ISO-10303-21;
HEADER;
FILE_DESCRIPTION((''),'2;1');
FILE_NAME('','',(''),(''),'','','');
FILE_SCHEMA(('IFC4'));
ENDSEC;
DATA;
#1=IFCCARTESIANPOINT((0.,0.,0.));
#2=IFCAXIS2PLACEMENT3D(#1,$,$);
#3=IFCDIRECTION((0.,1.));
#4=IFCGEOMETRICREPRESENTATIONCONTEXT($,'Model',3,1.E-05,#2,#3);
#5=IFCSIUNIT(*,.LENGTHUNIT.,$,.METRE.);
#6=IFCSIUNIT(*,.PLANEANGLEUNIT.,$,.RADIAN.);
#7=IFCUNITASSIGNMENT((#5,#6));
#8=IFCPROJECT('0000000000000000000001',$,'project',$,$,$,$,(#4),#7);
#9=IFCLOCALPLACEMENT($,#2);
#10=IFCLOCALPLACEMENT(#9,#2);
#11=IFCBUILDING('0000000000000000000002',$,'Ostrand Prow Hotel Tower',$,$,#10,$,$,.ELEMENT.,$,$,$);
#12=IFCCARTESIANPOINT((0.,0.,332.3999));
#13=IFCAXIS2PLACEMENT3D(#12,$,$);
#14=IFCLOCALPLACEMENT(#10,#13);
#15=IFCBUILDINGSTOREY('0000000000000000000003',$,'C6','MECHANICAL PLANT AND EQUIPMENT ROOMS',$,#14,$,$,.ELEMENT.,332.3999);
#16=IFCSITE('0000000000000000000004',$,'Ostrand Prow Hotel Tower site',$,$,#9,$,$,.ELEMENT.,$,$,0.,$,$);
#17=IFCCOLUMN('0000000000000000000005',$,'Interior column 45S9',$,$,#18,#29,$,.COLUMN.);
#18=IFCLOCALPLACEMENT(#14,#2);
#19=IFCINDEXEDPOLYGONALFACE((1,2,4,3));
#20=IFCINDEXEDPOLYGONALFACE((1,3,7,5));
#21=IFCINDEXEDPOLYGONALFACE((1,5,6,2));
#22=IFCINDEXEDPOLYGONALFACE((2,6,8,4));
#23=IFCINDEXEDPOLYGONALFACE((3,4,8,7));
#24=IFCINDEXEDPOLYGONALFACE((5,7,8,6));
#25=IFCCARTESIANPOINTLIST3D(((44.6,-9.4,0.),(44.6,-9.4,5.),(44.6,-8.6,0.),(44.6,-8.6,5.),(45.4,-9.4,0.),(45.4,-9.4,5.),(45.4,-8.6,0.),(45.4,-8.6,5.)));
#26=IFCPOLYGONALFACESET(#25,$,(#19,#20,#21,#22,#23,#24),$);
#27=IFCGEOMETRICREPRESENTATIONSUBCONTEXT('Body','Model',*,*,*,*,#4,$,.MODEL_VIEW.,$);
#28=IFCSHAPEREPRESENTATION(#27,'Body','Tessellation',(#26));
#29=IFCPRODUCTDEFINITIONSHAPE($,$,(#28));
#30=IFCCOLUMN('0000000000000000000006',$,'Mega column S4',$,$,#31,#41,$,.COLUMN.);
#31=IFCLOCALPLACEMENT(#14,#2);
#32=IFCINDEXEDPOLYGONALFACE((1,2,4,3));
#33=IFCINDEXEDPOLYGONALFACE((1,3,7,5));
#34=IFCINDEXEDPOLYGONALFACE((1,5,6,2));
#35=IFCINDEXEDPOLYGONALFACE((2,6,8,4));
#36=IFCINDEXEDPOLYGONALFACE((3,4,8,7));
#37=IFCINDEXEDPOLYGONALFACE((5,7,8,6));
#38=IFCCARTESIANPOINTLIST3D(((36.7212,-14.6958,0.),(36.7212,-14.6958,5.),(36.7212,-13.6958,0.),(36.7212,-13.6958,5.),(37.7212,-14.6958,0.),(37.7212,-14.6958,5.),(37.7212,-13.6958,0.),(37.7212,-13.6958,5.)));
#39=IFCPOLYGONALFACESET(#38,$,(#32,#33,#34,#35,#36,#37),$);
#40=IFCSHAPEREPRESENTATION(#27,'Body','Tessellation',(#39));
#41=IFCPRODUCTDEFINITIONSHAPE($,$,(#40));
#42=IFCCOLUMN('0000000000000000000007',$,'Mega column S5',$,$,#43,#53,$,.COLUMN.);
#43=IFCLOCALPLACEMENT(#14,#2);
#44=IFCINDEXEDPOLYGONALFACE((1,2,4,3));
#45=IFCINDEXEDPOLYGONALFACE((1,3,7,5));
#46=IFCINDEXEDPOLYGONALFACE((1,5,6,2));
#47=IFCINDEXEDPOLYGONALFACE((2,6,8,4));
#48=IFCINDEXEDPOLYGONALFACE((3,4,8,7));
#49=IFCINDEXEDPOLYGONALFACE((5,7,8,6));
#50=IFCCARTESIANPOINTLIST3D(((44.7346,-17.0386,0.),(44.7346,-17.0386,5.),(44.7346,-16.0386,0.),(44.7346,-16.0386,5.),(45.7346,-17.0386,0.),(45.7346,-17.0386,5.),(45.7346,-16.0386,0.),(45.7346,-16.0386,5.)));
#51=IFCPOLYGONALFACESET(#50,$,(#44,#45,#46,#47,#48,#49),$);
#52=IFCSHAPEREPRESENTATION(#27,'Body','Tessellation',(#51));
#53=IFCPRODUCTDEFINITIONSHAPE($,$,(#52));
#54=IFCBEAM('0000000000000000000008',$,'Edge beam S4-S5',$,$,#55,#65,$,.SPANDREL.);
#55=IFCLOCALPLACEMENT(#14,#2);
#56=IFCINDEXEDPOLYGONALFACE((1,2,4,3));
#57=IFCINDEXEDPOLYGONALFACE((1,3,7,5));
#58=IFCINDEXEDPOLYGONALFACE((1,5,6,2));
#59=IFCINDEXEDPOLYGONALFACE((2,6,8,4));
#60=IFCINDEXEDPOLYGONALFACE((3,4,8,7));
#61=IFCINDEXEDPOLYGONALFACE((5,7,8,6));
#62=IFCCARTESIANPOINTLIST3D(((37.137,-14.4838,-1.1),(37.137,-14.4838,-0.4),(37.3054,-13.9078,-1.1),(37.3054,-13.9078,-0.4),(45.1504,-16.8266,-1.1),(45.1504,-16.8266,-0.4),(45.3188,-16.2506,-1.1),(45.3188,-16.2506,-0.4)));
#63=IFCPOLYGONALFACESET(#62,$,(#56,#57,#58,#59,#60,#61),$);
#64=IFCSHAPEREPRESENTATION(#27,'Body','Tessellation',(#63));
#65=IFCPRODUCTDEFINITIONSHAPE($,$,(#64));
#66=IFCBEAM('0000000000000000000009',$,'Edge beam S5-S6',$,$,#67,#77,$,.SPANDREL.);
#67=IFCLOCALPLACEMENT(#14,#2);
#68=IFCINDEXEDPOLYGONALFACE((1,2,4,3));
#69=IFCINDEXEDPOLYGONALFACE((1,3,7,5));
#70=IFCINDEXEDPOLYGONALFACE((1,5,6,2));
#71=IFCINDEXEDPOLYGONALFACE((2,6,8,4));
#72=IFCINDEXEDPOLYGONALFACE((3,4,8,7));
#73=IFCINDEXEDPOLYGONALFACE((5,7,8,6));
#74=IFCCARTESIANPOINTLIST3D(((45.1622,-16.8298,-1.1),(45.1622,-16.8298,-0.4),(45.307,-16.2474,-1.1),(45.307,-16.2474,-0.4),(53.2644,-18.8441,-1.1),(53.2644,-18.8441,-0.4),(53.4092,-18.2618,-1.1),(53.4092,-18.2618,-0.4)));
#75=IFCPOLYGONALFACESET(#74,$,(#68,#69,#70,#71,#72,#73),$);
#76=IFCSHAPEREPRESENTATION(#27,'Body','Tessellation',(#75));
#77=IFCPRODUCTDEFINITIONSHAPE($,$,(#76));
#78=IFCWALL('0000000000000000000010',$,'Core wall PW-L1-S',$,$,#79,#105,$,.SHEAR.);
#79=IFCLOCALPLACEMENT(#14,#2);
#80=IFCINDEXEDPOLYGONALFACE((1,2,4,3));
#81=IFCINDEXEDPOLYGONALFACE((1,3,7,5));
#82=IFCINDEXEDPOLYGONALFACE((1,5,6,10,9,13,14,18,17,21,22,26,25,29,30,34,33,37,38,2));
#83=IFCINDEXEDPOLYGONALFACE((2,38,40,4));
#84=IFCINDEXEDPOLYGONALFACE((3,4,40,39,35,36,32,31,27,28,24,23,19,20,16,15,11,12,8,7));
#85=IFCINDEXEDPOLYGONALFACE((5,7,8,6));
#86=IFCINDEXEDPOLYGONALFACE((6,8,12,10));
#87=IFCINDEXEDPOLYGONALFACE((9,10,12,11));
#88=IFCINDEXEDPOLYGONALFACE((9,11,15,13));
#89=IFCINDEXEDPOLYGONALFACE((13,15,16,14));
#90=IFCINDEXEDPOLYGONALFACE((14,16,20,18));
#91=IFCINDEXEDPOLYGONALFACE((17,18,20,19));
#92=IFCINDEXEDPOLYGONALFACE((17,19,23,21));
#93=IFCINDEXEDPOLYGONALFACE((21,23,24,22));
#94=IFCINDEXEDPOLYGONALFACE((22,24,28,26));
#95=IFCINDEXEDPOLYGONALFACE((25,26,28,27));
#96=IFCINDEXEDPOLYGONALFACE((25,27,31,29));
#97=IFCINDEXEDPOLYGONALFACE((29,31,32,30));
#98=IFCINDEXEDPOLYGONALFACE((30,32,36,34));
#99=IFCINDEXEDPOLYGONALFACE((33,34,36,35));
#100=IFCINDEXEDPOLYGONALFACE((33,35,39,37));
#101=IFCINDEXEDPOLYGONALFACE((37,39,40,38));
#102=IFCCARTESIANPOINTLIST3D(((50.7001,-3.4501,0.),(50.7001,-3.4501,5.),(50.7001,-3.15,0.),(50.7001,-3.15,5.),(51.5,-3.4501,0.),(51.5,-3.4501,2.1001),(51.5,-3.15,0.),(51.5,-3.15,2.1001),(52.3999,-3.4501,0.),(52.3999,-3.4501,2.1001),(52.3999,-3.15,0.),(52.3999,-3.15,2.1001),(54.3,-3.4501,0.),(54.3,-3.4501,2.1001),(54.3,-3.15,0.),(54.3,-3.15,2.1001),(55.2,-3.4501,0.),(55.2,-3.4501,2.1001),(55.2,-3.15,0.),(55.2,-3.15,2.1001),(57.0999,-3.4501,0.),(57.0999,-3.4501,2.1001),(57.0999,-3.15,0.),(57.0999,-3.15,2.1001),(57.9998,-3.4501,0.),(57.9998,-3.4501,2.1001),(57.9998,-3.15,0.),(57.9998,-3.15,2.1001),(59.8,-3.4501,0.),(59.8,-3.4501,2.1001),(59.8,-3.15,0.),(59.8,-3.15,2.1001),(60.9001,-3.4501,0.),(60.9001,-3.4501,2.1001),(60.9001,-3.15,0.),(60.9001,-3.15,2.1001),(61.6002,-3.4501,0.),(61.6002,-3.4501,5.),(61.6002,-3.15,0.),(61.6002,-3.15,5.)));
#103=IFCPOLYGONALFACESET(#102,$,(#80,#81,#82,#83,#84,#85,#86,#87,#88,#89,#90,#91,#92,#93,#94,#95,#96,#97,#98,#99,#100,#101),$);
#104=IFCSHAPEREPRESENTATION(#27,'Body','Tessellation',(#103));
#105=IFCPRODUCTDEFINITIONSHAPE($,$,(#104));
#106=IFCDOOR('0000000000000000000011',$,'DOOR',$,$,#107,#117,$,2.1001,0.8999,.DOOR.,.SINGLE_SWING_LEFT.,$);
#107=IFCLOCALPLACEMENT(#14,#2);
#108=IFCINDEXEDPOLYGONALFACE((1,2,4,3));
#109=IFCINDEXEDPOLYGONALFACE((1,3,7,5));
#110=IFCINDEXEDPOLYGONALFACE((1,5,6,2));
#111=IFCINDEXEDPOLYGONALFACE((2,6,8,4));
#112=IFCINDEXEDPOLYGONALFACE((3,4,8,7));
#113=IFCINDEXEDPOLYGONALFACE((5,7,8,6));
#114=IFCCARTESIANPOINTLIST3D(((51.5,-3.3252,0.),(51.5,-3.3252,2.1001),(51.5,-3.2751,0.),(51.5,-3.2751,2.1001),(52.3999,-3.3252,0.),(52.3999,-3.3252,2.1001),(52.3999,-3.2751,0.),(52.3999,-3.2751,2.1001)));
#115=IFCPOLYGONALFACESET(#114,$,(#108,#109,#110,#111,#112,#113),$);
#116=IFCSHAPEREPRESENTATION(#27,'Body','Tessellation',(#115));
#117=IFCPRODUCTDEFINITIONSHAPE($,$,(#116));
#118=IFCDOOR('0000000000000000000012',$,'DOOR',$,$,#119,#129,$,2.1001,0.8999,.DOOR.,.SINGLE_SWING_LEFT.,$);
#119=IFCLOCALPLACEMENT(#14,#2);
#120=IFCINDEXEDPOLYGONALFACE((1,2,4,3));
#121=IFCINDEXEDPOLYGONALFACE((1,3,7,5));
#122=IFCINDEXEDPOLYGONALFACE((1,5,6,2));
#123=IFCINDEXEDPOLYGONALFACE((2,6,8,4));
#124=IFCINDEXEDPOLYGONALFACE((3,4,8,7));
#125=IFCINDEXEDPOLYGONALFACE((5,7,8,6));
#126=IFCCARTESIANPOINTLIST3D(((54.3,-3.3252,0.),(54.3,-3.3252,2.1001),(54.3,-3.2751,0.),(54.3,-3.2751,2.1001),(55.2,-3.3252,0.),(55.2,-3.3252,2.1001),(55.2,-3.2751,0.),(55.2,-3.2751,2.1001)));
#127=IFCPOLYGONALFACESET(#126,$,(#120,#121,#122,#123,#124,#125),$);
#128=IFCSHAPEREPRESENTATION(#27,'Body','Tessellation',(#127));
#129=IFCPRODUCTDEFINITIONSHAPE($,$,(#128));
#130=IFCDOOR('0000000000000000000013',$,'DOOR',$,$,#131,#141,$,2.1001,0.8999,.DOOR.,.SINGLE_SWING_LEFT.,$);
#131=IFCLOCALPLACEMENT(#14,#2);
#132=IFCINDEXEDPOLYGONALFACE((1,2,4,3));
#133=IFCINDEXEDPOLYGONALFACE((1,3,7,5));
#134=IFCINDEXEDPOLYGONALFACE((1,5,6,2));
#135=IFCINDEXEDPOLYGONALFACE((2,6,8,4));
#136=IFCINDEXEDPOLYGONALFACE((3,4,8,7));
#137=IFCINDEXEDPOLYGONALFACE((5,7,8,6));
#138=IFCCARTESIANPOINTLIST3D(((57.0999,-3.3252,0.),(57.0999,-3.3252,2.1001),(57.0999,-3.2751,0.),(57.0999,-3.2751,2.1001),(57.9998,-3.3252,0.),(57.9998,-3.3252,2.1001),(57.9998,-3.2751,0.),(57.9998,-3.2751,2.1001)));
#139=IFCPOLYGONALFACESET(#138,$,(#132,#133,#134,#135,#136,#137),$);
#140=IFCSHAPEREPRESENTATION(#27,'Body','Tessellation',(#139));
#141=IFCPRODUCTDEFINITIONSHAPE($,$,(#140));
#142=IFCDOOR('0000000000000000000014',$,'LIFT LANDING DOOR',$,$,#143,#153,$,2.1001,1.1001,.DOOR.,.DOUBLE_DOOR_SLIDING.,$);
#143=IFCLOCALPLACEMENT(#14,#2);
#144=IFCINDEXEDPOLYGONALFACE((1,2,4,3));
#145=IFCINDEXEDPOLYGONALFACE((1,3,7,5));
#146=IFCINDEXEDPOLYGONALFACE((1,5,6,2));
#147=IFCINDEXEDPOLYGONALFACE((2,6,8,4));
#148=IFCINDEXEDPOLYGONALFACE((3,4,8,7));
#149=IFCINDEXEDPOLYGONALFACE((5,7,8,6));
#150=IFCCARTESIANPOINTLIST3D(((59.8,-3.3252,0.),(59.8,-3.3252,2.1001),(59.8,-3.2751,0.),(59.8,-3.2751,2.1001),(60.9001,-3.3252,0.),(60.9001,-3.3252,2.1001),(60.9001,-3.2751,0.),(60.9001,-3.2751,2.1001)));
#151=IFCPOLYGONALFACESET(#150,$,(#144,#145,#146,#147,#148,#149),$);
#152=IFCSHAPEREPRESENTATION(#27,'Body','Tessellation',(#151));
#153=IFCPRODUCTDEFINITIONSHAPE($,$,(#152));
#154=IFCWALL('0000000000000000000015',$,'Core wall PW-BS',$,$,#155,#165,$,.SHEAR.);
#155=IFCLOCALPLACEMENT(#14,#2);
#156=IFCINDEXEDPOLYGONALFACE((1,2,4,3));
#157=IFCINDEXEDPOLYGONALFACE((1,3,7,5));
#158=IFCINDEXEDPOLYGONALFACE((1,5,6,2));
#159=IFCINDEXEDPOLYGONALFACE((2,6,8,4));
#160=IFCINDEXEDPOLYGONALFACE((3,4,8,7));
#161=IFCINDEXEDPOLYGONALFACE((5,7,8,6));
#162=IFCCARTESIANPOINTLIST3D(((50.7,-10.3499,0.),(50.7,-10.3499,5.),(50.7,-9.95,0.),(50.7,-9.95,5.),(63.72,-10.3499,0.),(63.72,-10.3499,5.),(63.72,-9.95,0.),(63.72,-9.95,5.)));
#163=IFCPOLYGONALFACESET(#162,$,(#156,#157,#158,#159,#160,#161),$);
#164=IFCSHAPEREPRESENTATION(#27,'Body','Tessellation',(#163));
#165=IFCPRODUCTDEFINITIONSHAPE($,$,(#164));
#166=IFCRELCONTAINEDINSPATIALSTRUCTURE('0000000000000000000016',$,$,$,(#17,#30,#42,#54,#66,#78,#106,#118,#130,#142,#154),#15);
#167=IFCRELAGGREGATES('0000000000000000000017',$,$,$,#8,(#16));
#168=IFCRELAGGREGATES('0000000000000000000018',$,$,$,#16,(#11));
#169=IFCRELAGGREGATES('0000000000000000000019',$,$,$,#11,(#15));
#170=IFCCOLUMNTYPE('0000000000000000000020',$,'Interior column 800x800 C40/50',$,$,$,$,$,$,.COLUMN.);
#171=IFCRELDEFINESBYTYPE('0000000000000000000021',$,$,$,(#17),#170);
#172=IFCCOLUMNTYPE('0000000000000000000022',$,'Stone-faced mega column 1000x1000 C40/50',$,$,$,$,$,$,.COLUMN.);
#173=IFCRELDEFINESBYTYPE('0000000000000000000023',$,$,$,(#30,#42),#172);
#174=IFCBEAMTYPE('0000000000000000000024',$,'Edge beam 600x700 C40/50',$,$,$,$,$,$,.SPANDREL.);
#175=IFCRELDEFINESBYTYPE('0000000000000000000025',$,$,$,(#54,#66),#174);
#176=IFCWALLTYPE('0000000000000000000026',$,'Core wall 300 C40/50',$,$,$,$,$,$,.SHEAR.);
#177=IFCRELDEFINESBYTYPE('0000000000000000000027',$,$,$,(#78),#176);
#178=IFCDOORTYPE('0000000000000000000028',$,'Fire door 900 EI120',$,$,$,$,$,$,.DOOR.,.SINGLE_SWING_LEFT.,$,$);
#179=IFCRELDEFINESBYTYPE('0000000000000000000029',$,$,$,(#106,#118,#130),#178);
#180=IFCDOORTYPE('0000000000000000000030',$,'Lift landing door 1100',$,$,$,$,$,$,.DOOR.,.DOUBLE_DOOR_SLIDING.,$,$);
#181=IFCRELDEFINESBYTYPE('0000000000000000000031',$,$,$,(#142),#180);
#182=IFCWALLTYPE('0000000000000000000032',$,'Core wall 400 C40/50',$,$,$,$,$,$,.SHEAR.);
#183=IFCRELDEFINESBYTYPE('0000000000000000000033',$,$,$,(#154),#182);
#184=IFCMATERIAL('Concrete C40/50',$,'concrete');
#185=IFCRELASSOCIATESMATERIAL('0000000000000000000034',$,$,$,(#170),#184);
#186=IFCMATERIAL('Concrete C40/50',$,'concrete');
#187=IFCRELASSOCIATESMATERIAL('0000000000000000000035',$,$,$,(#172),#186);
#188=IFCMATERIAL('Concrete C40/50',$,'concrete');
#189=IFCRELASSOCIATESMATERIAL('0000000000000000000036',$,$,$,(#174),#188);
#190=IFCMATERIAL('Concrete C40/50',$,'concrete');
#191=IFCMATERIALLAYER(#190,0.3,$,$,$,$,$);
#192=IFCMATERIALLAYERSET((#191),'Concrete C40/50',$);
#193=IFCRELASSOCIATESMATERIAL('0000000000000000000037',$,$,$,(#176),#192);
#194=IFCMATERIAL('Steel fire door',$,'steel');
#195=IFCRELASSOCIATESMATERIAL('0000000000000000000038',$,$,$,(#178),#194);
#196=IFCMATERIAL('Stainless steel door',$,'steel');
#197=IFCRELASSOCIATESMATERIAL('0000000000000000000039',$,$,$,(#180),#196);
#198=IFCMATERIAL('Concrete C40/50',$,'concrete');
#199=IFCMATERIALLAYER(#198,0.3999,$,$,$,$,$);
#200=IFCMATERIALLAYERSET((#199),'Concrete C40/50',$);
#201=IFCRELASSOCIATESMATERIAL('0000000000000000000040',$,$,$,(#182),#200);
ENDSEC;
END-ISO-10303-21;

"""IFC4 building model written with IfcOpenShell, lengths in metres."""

from ifc_helpers import new_model, si_unit, direction, frame, frame_2d, origin, origin_2d, place, context, subcontext, project, spatial, rectangle, extrude, material, layer, layer_set, material_profile, profile_set, type_object, element, fill, save


model = new_model("IFC4")

# Units and contexts
model_context = context("Model", 3, precision=1e-05, world=origin(), true_north=direction((0.0, 1.0)))
body_context = subcontext(model_context, "Body", "Model", "MODEL_VIEW")
ifc_project = project(units=[si_unit("LENGTHUNIT", "METRE"), si_unit("PLANEANGLEUNIT", "RADIAN")], contexts=[model_context])

# Site, building, storey
site_placement = place(None, origin())
site = spatial("IfcSite", under=ifc_project, at=site_placement, Name="Ostrand Prow Hotel Tower site", CompositionType="ELEMENT", RefElevation=0.0)
building_placement = place(site_placement, origin())
building = spatial("IfcBuilding", under=site, at=building_placement, Name="Ostrand Prow Hotel Tower", CompositionType="ELEMENT")
storey_placement = place(building_placement, frame((0.0, 0.0, 332.3999)))
storey = spatial("IfcBuildingStorey", under=building, at=storey_placement, Name="C6", Description="MECHANICAL PLANT AND EQUIPMENT ROOMS", CompositionType="ELEMENT", Elevation=332.3999)

# Columns
ifc_material_1 = material(Name="Concrete C40/50", Category="concrete")
ifc_material_profile_1 = material_profile(ifc_material_1, rectangle(XDim=0.8, YDim=0.8, at=origin_2d()), Name="RC 800x800")
ifc_profile_set_1 = profile_set([ifc_material_profile_1], Name="Concrete C40/50")
column_type_1 = type_object("IfcColumnType", Name="Interior column 800x800 C40/50", PredefinedType="COLUMN", material=ifc_profile_set_1)
column_placement = place(storey_placement, frame((45.0, -9.0, 0.0), z_axis=(0.0, 0.0, 1.0), x_axis=(1.0, 0.0, 0.0)))
element("IfcColumn", 1, at=column_placement, inside=storey, type_object=column_type_1, Name="Interior column 45S9", PredefinedType="COLUMN", context=body_context, shape_type="SweptSolid", body=[
    extrude(rectangle(XDim=0.8, YDim=0.8, at=origin_2d()), origin(), (0.0, 0.0, 1.0), 5.0),
])
ifc_material_2 = material(Name="Concrete C40/50", Category="concrete")
ifc_material_profile_2 = material_profile(ifc_material_2, rectangle(XDim=1.0, YDim=1.0, at=origin_2d()), Name="RC 1000x1000")
ifc_profile_set_2 = profile_set([ifc_material_profile_2], Name="Concrete C40/50")
column_type_2 = type_object("IfcColumnType", Name="Stone-faced mega column 1000x1000 C40/50", PredefinedType="COLUMN", material=ifc_profile_set_2)
for number, where, z_axis, x_axis, name in (
    (2, (37.2212, -14.1958, 0.0), (0.0, 0.0, 1.0), (1.0, 0.0, 0.0), "Mega column S4"),
    (3, (45.2346, -16.5386, 0.0), (0.0, 0.0, 1.0), (1.0, 0.0, 0.0), "Mega column S5"),
):
    element("IfcColumn", number, at=place(storey_placement, frame(where, z_axis=z_axis, x_axis=x_axis)), inside=storey, type_object=column_type_2, Name=name, PredefinedType="COLUMN", context=body_context, shape_type="SweptSolid", body=[
        extrude(rectangle(XDim=1.0, YDim=1.0, at=origin_2d()), origin(), (0.0, 0.0, 1.0), 5.0),
    ])

# Beams
ifc_material_3 = material(Name="Concrete C40/50", Category="concrete")
ifc_material_profile_3 = material_profile(ifc_material_3, rectangle(XDim=0.6001, YDim=0.7, at=origin_2d()), Name="RC 600x700")
ifc_profile_set_3 = profile_set([ifc_material_profile_3], Name="Concrete C40/50")
beam_type = type_object("IfcBeamType", Name="Edge beam 600x700 C40/50", PredefinedType="SPANDREL", material=ifc_profile_set_3)
for number, where, z_axis, x_axis, name in (
    (4, (37.2212, -14.1958, -0.75), (0.959822, -0.28061, 0.0), (0.28061, 0.959822, 0.0), "Edge beam S4-S5"),
    (5, (45.2346, -16.5386, -0.75), (0.970456, -0.241276, 0.0), (0.241276, 0.970456, 0.0), "Edge beam S5-S6"),
):
    element("IfcBeam", number, at=place(storey_placement, frame(where, z_axis=z_axis, x_axis=x_axis)), inside=storey, type_object=beam_type, Name=name, PredefinedType="SPANDREL", context=body_context, shape_type="SweptSolid", body=[
        extrude(rectangle(XDim=0.6001, YDim=0.7, at=origin_2d()), origin(), (0.0, 0.0, 1.0), 8.3489),
    ])

# Wall, openings, doors
ifc_material_4 = material(Name="Concrete C40/50", Category="concrete")
ifc_layer_1 = layer(ifc_material_4, 0.3)
ifc_layer_set_1 = layer_set([ifc_layer_1], Name="Concrete C40/50")
wall_type_1 = type_object("IfcWallType", Name="Core wall 300 C40/50", PredefinedType="SHEAR", material=ifc_layer_set_1)
wall_1_placement = place(storey_placement, frame((50.7, -3.3, 0.0), z_axis=(0.0, 0.0, 1.0), x_axis=(1.0, 0.0, 0.0)))
wall_1 = element("IfcWall", 6, at=wall_1_placement, inside=storey, type_object=wall_type_1, Name="Core wall PW-L1-S", PredefinedType="SHEAR", context=body_context, shape_type="SweptSolid", body=[
    extrude(rectangle(XDim=10.9001, YDim=0.3, at=frame_2d((5.4502, 0.0))), origin(), (0.0, 0.0, 1.0), 5.0),
])
opening_1_placement = place(wall_1_placement, frame((9.1001, 0.0, 0.0)))
opening_1 = element("IfcOpeningElement", 7, at=opening_1_placement, cuts=wall_1, PredefinedType="OPENING", context=body_context, shape_type="SweptSolid", body=[
    extrude(rectangle(XDim=1.1001, YDim=2.1001, at=frame_2d((0.55, 1.05))), frame((0.0, 0.1599, 0.0), z_axis=(0.0, -1.0, 0.0), x_axis=(1.0, 0.0, 0.0)), (0.0, 0.0, 1.0), 0.3201),
])
opening_2_placement = place(wall_1_placement, frame((0.8, 0.0, 0.0)))
opening_2 = element("IfcOpeningElement", 8, at=opening_2_placement, cuts=wall_1, PredefinedType="OPENING", context=body_context, shape_type="SweptSolid", body=[
    extrude(rectangle(XDim=0.8999, YDim=2.1001, at=frame_2d((0.45, 1.05))), frame((0.0, 0.1599, 0.0), z_axis=(0.0, -1.0, 0.0), x_axis=(1.0, 0.0, 0.0)), (0.0, 0.0, 1.0), 0.3201),
])
opening_3_placement = place(wall_1_placement, frame((3.6001, 0.0, 0.0)))
opening_3 = element("IfcOpeningElement", 9, at=opening_3_placement, cuts=wall_1, PredefinedType="OPENING", context=body_context, shape_type="SweptSolid", body=[
    extrude(rectangle(XDim=0.8999, YDim=2.1001, at=frame_2d((0.45, 1.05))), frame((0.0, 0.1599, 0.0), z_axis=(0.0, -1.0, 0.0), x_axis=(1.0, 0.0, 0.0)), (0.0, 0.0, 1.0), 0.3201),
])
opening_4_placement = place(wall_1_placement, frame((6.3999, 0.0, 0.0)))
opening_4 = element("IfcOpeningElement", 10, at=opening_4_placement, cuts=wall_1, PredefinedType="OPENING", context=body_context, shape_type="SweptSolid", body=[
    extrude(rectangle(XDim=0.8999, YDim=2.1001, at=frame_2d((0.45, 1.05))), frame((0.0, 0.1599, 0.0), z_axis=(0.0, -1.0, 0.0), x_axis=(1.0, 0.0, 0.0)), (0.0, 0.0, 1.0), 0.3201),
])
ifc_material_5 = material(Name="Steel fire door", Category="steel")
door_type_1 = type_object("IfcDoorType", Name="Fire door 900 EI120", OperationType="SINGLE_SWING_LEFT", PredefinedType="DOOR", material=ifc_material_5)
door_1_placement = place(opening_2_placement, origin())
door_1 = element("IfcDoor", 11, at=door_1_placement, inside=storey, type_object=door_type_1, Name="DOOR", OperationType="SINGLE_SWING_LEFT", OverallHeight=2.1001, OverallWidth=0.8999, PredefinedType="DOOR", context=body_context, shape_type="SweptSolid", body=[
    extrude(rectangle(XDim=0.8999, YDim=2.1001, at=frame_2d((0.45, 1.05))), frame((0.0, 0.0249, 0.0), z_axis=(0.0, -1.0, 0.0), x_axis=(1.0, 0.0, 0.0)), (0.0, 0.0, 1.0), 0.05),
])
fill(opening_2, door_1)
door_2_placement = place(opening_3_placement, origin())
door_2 = element("IfcDoor", 12, at=door_2_placement, inside=storey, type_object=door_type_1, Name="DOOR", OperationType="SINGLE_SWING_LEFT", OverallHeight=2.1001, OverallWidth=0.8999, PredefinedType="DOOR", context=body_context, shape_type="SweptSolid", body=[
    extrude(rectangle(XDim=0.8999, YDim=2.1001, at=frame_2d((0.45, 1.05))), frame((0.0, 0.0249, 0.0), z_axis=(0.0, -1.0, 0.0), x_axis=(1.0, 0.0, 0.0)), (0.0, 0.0, 1.0), 0.05),
])
fill(opening_3, door_2)
door_3_placement = place(opening_4_placement, origin())
door_3 = element("IfcDoor", 13, at=door_3_placement, inside=storey, type_object=door_type_1, Name="DOOR", OperationType="SINGLE_SWING_LEFT", OverallHeight=2.1001, OverallWidth=0.8999, PredefinedType="DOOR", context=body_context, shape_type="SweptSolid", body=[
    extrude(rectangle(XDim=0.8999, YDim=2.1001, at=frame_2d((0.45, 1.05))), frame((0.0, 0.0249, 0.0), z_axis=(0.0, -1.0, 0.0), x_axis=(1.0, 0.0, 0.0)), (0.0, 0.0, 1.0), 0.05),
])
fill(opening_4, door_3)
ifc_material_6 = material(Name="Stainless steel door", Category="steel")
door_type_2 = type_object("IfcDoorType", Name="Lift landing door 1100", OperationType="DOUBLE_DOOR_SLIDING", PredefinedType="DOOR", material=ifc_material_6)
door_4_placement = place(opening_1_placement, origin())
door_4 = element("IfcDoor", 14, at=door_4_placement, inside=storey, type_object=door_type_2, Name="LIFT LANDING DOOR", OperationType="DOUBLE_DOOR_SLIDING", OverallHeight=2.1001, OverallWidth=1.1001, PredefinedType="DOOR", context=body_context, shape_type="SweptSolid", body=[
    extrude(rectangle(XDim=1.1001, YDim=2.1001, at=frame_2d((0.55, 1.05))), frame((0.0, 0.0249, 0.0), z_axis=(0.0, -1.0, 0.0), x_axis=(1.0, 0.0, 0.0)), (0.0, 0.0, 1.0), 0.05),
])
fill(opening_1, door_4)

# Wall
ifc_material_7 = material(Name="Concrete C40/50", Category="concrete")
ifc_layer_2 = layer(ifc_material_7, 0.3999)
ifc_layer_set_2 = layer_set([ifc_layer_2], Name="Concrete C40/50")
wall_type_2 = type_object("IfcWallType", Name="Core wall 400 C40/50", PredefinedType="SHEAR", material=ifc_layer_set_2)
wall_2_placement = place(storey_placement, frame((50.7, -10.1499, 0.0), z_axis=(0.0, 0.0, 1.0), x_axis=(1.0, 0.0, 0.0)))
element("IfcWall", 15, at=wall_2_placement, inside=storey, type_object=wall_type_2, Name="Core wall PW-BS", PredefinedType="SHEAR", context=body_context, shape_type="SweptSolid", body=[
    extrude(rectangle(XDim=13.02, YDim=0.3999, at=frame_2d((6.51, 0.0))), origin(), (0.0, 0.0, 1.0), 5.0),
])

save(model, "model.ifc")
